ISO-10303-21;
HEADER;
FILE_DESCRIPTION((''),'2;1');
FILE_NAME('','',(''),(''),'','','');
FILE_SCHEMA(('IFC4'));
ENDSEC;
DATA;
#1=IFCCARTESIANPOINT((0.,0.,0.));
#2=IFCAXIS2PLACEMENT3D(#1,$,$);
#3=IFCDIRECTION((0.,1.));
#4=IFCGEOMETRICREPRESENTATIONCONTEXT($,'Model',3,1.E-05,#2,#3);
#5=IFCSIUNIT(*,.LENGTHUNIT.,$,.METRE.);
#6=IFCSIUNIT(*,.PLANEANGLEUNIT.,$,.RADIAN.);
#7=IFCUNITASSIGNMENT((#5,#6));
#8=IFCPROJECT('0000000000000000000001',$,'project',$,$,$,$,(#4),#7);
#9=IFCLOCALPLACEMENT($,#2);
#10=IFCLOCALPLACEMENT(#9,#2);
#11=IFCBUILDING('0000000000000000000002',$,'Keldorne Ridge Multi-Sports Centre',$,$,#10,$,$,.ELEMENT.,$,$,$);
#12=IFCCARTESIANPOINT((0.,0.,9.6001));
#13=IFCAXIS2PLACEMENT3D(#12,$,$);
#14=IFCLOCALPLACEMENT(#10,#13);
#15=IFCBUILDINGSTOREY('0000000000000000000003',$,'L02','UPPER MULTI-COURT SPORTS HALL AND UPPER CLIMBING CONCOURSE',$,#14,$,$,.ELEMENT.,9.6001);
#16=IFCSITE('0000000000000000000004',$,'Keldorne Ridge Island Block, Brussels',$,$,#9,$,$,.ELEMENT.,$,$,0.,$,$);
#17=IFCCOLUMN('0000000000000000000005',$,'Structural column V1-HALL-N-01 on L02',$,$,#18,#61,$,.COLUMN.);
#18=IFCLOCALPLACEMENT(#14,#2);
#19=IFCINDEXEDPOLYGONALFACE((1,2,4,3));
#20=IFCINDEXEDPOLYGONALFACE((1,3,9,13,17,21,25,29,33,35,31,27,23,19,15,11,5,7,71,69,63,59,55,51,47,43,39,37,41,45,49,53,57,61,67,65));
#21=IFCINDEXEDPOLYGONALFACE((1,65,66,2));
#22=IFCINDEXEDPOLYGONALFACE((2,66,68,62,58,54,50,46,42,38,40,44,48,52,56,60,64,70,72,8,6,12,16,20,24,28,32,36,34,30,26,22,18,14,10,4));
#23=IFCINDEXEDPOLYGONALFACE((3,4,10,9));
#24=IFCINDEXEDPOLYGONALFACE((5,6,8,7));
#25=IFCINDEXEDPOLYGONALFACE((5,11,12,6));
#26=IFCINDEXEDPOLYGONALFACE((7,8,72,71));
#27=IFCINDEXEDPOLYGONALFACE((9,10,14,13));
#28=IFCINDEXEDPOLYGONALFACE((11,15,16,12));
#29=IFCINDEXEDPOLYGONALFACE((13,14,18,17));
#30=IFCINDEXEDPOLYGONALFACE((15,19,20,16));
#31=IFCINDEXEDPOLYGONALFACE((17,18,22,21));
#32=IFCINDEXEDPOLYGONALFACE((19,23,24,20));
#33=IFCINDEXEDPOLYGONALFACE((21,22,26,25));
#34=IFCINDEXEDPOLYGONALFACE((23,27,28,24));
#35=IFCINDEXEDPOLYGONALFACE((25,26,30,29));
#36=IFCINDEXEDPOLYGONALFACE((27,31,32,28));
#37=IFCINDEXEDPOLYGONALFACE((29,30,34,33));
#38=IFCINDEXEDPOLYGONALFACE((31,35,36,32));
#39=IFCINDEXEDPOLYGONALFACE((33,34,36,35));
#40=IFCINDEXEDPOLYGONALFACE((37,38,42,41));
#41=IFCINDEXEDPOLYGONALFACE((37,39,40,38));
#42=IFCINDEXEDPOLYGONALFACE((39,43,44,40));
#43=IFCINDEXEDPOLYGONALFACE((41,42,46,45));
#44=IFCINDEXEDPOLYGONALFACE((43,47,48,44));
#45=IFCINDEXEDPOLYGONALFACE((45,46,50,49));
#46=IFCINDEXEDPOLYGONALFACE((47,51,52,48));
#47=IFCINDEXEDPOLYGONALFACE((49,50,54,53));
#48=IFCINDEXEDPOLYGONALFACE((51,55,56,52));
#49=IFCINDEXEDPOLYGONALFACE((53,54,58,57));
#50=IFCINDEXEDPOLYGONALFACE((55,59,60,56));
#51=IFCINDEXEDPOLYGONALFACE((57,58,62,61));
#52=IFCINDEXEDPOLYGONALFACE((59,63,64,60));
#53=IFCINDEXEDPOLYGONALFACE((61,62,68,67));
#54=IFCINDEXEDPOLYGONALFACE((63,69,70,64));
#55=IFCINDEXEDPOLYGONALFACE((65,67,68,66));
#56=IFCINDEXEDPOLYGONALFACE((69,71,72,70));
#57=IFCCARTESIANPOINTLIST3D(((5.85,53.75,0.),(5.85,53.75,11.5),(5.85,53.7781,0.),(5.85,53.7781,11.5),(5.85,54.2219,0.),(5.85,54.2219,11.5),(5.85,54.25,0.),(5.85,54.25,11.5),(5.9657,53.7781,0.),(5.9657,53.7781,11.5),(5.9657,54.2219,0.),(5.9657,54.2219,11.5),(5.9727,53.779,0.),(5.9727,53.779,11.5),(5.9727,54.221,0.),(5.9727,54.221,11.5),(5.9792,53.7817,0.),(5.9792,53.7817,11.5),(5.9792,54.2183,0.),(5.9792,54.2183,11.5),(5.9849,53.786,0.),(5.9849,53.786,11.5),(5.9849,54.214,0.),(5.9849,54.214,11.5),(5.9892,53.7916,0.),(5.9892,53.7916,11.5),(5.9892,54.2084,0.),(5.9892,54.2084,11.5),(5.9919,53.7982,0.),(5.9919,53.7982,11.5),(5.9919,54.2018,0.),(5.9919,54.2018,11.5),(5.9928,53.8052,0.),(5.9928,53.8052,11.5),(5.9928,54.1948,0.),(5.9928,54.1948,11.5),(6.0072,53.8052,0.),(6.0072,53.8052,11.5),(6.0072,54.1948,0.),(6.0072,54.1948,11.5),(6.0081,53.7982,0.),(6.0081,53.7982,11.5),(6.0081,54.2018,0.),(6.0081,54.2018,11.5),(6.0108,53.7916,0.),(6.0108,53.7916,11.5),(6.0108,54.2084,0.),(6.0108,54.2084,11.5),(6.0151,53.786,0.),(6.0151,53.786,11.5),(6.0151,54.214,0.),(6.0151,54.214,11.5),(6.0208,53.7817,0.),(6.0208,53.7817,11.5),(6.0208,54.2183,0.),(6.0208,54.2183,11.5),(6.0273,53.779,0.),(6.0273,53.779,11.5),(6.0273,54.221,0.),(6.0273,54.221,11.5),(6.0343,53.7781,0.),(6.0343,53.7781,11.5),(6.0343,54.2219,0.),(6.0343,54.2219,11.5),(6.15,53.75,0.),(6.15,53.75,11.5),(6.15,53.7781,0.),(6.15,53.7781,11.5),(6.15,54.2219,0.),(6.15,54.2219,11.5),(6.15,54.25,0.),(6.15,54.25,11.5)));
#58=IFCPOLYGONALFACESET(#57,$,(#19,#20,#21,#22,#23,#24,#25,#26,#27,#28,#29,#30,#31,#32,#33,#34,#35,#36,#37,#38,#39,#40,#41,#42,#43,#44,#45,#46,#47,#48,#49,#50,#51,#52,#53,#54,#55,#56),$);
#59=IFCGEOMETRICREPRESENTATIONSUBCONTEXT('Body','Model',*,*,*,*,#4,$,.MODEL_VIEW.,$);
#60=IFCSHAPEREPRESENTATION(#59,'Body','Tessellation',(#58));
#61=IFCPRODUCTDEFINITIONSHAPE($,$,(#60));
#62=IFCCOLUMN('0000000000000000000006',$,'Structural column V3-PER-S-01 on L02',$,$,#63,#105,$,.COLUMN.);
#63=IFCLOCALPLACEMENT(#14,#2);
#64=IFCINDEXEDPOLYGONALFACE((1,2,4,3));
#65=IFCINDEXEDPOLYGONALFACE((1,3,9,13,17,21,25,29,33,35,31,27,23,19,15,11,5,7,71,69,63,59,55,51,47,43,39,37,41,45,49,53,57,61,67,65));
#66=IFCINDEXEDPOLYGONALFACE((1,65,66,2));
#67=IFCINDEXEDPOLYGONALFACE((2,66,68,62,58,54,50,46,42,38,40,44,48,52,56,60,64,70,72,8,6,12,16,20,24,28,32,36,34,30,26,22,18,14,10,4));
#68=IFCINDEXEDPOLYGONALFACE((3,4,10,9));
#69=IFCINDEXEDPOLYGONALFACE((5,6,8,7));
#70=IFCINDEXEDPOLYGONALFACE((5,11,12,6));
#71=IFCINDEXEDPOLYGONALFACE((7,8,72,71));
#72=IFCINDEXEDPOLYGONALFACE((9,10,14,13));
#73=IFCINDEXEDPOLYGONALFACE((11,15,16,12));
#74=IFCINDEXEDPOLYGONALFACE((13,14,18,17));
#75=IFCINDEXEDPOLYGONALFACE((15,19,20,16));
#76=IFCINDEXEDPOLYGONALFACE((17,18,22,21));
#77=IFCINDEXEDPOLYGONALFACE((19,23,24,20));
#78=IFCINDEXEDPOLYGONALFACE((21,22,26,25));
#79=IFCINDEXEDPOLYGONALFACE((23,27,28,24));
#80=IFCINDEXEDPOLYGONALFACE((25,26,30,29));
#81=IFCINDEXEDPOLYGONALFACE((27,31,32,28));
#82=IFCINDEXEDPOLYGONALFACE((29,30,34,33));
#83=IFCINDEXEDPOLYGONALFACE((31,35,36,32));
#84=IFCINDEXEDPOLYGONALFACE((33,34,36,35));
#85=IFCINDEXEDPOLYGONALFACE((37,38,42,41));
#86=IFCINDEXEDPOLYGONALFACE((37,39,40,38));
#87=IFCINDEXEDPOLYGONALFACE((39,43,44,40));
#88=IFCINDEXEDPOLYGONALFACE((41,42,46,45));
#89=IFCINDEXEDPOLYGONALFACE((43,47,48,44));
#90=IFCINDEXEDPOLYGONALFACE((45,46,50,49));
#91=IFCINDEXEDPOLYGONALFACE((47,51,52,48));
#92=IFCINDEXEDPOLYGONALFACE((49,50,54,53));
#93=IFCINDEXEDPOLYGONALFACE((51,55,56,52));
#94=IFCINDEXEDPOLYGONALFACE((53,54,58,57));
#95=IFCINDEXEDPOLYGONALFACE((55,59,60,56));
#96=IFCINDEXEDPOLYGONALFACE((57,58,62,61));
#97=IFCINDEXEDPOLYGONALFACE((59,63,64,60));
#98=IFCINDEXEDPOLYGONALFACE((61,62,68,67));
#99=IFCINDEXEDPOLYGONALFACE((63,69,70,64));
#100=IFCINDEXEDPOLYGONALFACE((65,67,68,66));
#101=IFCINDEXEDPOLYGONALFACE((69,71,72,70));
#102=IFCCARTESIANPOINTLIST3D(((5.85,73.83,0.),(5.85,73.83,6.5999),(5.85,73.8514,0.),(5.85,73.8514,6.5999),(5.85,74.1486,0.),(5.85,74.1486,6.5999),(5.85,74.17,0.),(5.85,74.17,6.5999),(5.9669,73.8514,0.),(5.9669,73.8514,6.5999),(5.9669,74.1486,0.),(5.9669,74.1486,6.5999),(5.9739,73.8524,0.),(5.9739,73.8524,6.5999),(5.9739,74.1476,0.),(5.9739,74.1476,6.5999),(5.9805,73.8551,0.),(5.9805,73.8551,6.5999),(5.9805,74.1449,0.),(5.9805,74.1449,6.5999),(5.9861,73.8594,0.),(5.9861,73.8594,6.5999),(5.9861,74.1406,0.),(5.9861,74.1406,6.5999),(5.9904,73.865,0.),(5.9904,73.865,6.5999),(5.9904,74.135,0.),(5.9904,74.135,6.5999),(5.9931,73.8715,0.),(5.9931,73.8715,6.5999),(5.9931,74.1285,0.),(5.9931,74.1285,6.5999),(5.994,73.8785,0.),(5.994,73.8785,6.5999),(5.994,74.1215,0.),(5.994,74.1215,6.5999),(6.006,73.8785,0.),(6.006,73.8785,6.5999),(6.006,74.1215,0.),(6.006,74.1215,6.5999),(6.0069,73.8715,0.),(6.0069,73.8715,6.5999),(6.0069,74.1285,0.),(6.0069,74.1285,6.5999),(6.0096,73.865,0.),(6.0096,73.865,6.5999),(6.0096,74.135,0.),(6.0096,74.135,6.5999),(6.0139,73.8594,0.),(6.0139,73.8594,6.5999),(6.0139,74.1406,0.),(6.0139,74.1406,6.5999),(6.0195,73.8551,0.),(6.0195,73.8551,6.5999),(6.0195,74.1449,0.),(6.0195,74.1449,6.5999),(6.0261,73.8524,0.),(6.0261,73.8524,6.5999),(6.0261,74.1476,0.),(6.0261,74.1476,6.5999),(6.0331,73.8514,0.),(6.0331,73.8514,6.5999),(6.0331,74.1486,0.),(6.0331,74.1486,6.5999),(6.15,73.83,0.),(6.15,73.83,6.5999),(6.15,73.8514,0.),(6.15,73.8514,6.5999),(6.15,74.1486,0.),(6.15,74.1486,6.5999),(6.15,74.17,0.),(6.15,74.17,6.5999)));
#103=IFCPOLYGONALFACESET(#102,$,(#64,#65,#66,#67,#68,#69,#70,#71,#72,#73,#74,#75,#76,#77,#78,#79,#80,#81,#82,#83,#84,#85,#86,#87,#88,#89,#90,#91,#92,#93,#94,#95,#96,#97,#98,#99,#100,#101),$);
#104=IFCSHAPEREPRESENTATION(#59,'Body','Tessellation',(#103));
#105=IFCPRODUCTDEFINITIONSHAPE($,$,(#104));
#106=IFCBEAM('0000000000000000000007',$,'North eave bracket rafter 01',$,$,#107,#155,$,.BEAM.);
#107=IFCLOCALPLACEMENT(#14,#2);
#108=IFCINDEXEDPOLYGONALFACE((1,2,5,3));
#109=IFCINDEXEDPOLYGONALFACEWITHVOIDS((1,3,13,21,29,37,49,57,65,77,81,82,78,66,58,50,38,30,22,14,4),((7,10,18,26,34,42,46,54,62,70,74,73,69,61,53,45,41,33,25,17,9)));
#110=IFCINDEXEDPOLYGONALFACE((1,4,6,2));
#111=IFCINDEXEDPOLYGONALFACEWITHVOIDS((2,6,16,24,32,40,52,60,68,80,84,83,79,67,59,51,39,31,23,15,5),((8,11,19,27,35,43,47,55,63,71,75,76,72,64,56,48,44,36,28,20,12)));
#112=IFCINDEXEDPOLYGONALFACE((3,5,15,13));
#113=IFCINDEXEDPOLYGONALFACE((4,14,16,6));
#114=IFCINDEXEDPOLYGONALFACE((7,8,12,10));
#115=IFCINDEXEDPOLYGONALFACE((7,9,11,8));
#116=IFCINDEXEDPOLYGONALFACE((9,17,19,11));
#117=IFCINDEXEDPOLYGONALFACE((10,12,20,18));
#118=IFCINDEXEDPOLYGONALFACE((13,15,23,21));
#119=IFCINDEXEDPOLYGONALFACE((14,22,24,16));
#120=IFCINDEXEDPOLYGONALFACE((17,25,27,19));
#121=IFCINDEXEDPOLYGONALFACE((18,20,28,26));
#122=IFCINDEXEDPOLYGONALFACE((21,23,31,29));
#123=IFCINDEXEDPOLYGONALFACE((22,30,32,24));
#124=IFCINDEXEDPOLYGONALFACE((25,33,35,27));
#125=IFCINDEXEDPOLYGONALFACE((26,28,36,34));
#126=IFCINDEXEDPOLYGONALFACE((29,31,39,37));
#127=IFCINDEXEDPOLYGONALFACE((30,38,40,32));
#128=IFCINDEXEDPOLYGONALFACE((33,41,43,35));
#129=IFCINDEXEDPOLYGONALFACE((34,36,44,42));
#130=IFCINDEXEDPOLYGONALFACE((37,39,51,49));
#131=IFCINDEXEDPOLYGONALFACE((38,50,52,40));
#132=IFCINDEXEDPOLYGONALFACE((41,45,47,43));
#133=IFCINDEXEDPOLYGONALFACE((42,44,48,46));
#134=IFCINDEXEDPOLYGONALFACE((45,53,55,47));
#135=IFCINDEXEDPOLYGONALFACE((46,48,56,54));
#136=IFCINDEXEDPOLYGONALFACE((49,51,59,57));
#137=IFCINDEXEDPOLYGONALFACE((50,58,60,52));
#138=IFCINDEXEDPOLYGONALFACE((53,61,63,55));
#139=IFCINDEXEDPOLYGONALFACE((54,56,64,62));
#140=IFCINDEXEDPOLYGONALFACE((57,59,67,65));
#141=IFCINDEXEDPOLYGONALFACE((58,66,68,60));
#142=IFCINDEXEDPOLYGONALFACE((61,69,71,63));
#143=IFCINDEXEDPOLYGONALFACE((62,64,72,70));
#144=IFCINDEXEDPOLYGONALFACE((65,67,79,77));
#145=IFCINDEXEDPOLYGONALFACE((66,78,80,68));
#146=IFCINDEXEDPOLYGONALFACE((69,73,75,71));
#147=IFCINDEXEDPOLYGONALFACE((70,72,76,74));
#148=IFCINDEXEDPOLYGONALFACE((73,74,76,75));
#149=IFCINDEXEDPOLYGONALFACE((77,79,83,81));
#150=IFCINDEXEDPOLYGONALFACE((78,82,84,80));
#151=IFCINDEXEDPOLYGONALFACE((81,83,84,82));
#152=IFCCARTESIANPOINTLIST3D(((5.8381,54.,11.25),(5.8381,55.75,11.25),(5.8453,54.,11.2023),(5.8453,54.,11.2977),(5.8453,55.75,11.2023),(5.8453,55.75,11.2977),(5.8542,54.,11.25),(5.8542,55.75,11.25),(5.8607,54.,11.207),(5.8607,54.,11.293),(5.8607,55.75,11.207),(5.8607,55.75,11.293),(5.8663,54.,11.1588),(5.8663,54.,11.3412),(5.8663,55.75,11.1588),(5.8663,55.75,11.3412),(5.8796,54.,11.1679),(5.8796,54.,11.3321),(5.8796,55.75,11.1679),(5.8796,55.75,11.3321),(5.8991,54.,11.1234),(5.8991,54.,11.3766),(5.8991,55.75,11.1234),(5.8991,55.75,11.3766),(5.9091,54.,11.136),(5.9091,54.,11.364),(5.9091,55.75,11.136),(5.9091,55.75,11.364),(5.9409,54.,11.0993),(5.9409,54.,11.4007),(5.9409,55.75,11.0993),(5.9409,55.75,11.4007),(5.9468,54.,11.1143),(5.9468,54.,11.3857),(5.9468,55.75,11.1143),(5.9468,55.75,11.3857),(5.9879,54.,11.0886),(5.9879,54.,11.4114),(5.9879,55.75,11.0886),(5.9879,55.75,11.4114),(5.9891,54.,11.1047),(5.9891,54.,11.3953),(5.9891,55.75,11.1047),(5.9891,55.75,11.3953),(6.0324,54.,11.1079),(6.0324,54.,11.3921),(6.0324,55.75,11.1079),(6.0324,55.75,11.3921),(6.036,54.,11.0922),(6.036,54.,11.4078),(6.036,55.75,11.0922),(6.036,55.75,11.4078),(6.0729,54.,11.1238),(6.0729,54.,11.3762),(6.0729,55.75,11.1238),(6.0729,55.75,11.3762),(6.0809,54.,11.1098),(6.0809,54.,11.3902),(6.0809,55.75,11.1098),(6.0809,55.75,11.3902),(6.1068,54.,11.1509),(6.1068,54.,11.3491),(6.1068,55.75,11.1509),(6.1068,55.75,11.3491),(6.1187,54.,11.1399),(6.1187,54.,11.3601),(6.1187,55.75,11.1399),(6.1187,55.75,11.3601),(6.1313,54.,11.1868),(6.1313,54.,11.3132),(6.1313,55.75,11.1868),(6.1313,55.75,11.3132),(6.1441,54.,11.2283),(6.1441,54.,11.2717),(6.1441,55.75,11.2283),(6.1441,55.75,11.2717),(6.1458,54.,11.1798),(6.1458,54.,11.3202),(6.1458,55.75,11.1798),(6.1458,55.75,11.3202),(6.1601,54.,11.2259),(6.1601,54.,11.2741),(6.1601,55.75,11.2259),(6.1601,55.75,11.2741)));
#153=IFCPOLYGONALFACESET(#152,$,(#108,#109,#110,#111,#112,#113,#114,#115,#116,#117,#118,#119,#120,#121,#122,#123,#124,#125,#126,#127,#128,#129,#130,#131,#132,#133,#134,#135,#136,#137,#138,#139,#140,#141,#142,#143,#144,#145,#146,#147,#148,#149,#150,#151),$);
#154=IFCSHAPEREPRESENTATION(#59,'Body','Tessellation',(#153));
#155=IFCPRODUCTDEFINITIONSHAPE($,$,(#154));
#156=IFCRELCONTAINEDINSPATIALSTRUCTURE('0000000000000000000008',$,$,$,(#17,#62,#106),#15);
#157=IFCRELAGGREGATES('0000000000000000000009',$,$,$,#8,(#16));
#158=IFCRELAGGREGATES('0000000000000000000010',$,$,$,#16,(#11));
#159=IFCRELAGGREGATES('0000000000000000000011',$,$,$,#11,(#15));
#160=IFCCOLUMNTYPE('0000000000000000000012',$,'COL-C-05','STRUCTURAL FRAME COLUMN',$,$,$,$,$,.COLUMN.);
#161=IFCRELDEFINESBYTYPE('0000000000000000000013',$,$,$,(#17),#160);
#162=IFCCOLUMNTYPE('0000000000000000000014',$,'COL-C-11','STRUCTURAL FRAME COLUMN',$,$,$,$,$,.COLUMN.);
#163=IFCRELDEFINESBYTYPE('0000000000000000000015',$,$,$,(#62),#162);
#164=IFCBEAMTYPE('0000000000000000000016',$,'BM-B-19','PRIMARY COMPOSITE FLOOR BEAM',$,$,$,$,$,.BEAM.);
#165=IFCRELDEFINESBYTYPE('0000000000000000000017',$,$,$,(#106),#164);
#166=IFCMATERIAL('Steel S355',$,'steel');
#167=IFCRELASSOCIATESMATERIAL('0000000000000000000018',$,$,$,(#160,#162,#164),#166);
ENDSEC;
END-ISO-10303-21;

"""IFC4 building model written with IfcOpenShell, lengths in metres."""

from ifc_helpers import new_model, si_unit, direction, frame, origin, origin_2d, place, context, subcontext, project, spatial, hollow_circle, i_section, extrude, material, material_profile, profile_set, type_object, element, save


model = new_model("IFC4")

# Units and contexts
model_context = context("Model", 3, precision=1e-05, world=origin(), true_north=direction((0.0, 1.0)))
body_context = subcontext(model_context, "Body", "Model", "MODEL_VIEW")
ifc_project = project(units=[si_unit("LENGTHUNIT", "METRE"), si_unit("PLANEANGLEUNIT", "RADIAN")], contexts=[model_context])

# Site, building, storey
site_placement = place(None, origin())
site = spatial("IfcSite", under=ifc_project, at=site_placement, Name="Keldorne Ridge Island Block, Brussels", CompositionType="ELEMENT", RefElevation=0.0)
building_placement = place(site_placement, origin())
building = spatial("IfcBuilding", under=site, at=building_placement, Name="Keldorne Ridge Multi-Sports Centre", CompositionType="ELEMENT")
storey_placement = place(building_placement, frame((0.0, 0.0, 9.6001)))
storey = spatial("IfcBuildingStorey", under=building, at=storey_placement, Name="L02", Description="UPPER MULTI-COURT SPORTS HALL AND UPPER CLIMBING CONCOURSE", CompositionType="ELEMENT", Elevation=9.6001)

# Columns
ifc_material_1 = material(Name="Steel S355", Category="steel")
ifc_material_profile_1 = material_profile(ifc_material_1, i_section(OverallWidth=0.3, OverallDepth=0.5, WebThickness=0.0144, FlangeThickness=0.0281, FilletRadius=0.0271, at=origin_2d()), Name="HEB 500")
ifc_profile_set_1 = profile_set([ifc_material_profile_1], Name="Steel S355")
column_type_1 = type_object("IfcColumnType", Name="COL-C-05", Description="STRUCTURAL FRAME COLUMN", PredefinedType="COLUMN", material=ifc_profile_set_1)
column_1_placement = place(storey_placement, frame((6.0, 54.0, 0.0), z_axis=(0.0, 0.0, 1.0), x_axis=(1.0, 0.0, 0.0)))
element("IfcColumn", 1, at=column_1_placement, inside=storey, type_object=column_type_1, Name="Structural column V1-HALL-N-01 on L02", PredefinedType="COLUMN", context=body_context, shape_type="SweptSolid", body=[
    extrude(i_section(OverallWidth=0.3, OverallDepth=0.5, WebThickness=0.0144, FlangeThickness=0.0281, FilletRadius=0.0271, at=origin_2d()), origin(), (0.0, 0.0, 1.0), 11.5),
])
ifc_material_profile_2 = material_profile(ifc_material_1, i_section(OverallWidth=0.3, OverallDepth=0.3401, WebThickness=0.012, FlangeThickness=0.0215, FilletRadius=0.0271, at=origin_2d()), Name="HEB 340")
ifc_profile_set_2 = profile_set([ifc_material_profile_2], Name="Steel S355")
column_type_2 = type_object("IfcColumnType", Name="COL-C-11", Description="STRUCTURAL FRAME COLUMN", PredefinedType="COLUMN", material=ifc_profile_set_2)
column_2_placement = place(storey_placement, frame((6.0, 74.0, 0.0), z_axis=(0.0, 0.0, 1.0), x_axis=(1.0, 0.0, 0.0)))
element("IfcColumn", 2, at=column_2_placement, inside=storey, type_object=column_type_2, Name="Structural column V3-PER-S-01 on L02", PredefinedType="COLUMN", context=body_context, shape_type="SweptSolid", body=[
    extrude(i_section(OverallWidth=0.3, OverallDepth=0.3401, WebThickness=0.012, FlangeThickness=0.0215, FilletRadius=0.0271, at=origin_2d()), origin(), (0.0, 0.0, 1.0), 6.5999),
])

# Beam
ifc_material_profile_3 = material_profile(ifc_material_1, hollow_circle(Radius=0.1619, WallThickness=0.0161, at=origin_2d()), Name="CHS 323.9x16")
ifc_profile_set_3 = profile_set([ifc_material_profile_3], Name="Steel S355")
beam_type_1 = type_object("IfcBeamType", Name="BM-B-19", Description="PRIMARY COMPOSITE FLOOR BEAM", PredefinedType="BEAM", material=ifc_profile_set_3)
beam_1_placement = place(storey_placement, frame((6.0, 54.0, 11.25), z_axis=(0.0, 1.0, 0.0), x_axis=(-1.0, 0.0, 0.0)))
element("IfcBeam", 3, at=beam_1_placement, inside=storey, type_object=beam_type_1, Name="North eave bracket rafter 01", PredefinedType="BEAM", context=body_context, shape_type="SweptSolid", body=[
    extrude(hollow_circle(Radius=0.1619, WallThickness=0.0161, at=origin_2d()), origin(), (0.0, 0.0, 1.0), 1.75),
])

save(model, "model.ifc")
